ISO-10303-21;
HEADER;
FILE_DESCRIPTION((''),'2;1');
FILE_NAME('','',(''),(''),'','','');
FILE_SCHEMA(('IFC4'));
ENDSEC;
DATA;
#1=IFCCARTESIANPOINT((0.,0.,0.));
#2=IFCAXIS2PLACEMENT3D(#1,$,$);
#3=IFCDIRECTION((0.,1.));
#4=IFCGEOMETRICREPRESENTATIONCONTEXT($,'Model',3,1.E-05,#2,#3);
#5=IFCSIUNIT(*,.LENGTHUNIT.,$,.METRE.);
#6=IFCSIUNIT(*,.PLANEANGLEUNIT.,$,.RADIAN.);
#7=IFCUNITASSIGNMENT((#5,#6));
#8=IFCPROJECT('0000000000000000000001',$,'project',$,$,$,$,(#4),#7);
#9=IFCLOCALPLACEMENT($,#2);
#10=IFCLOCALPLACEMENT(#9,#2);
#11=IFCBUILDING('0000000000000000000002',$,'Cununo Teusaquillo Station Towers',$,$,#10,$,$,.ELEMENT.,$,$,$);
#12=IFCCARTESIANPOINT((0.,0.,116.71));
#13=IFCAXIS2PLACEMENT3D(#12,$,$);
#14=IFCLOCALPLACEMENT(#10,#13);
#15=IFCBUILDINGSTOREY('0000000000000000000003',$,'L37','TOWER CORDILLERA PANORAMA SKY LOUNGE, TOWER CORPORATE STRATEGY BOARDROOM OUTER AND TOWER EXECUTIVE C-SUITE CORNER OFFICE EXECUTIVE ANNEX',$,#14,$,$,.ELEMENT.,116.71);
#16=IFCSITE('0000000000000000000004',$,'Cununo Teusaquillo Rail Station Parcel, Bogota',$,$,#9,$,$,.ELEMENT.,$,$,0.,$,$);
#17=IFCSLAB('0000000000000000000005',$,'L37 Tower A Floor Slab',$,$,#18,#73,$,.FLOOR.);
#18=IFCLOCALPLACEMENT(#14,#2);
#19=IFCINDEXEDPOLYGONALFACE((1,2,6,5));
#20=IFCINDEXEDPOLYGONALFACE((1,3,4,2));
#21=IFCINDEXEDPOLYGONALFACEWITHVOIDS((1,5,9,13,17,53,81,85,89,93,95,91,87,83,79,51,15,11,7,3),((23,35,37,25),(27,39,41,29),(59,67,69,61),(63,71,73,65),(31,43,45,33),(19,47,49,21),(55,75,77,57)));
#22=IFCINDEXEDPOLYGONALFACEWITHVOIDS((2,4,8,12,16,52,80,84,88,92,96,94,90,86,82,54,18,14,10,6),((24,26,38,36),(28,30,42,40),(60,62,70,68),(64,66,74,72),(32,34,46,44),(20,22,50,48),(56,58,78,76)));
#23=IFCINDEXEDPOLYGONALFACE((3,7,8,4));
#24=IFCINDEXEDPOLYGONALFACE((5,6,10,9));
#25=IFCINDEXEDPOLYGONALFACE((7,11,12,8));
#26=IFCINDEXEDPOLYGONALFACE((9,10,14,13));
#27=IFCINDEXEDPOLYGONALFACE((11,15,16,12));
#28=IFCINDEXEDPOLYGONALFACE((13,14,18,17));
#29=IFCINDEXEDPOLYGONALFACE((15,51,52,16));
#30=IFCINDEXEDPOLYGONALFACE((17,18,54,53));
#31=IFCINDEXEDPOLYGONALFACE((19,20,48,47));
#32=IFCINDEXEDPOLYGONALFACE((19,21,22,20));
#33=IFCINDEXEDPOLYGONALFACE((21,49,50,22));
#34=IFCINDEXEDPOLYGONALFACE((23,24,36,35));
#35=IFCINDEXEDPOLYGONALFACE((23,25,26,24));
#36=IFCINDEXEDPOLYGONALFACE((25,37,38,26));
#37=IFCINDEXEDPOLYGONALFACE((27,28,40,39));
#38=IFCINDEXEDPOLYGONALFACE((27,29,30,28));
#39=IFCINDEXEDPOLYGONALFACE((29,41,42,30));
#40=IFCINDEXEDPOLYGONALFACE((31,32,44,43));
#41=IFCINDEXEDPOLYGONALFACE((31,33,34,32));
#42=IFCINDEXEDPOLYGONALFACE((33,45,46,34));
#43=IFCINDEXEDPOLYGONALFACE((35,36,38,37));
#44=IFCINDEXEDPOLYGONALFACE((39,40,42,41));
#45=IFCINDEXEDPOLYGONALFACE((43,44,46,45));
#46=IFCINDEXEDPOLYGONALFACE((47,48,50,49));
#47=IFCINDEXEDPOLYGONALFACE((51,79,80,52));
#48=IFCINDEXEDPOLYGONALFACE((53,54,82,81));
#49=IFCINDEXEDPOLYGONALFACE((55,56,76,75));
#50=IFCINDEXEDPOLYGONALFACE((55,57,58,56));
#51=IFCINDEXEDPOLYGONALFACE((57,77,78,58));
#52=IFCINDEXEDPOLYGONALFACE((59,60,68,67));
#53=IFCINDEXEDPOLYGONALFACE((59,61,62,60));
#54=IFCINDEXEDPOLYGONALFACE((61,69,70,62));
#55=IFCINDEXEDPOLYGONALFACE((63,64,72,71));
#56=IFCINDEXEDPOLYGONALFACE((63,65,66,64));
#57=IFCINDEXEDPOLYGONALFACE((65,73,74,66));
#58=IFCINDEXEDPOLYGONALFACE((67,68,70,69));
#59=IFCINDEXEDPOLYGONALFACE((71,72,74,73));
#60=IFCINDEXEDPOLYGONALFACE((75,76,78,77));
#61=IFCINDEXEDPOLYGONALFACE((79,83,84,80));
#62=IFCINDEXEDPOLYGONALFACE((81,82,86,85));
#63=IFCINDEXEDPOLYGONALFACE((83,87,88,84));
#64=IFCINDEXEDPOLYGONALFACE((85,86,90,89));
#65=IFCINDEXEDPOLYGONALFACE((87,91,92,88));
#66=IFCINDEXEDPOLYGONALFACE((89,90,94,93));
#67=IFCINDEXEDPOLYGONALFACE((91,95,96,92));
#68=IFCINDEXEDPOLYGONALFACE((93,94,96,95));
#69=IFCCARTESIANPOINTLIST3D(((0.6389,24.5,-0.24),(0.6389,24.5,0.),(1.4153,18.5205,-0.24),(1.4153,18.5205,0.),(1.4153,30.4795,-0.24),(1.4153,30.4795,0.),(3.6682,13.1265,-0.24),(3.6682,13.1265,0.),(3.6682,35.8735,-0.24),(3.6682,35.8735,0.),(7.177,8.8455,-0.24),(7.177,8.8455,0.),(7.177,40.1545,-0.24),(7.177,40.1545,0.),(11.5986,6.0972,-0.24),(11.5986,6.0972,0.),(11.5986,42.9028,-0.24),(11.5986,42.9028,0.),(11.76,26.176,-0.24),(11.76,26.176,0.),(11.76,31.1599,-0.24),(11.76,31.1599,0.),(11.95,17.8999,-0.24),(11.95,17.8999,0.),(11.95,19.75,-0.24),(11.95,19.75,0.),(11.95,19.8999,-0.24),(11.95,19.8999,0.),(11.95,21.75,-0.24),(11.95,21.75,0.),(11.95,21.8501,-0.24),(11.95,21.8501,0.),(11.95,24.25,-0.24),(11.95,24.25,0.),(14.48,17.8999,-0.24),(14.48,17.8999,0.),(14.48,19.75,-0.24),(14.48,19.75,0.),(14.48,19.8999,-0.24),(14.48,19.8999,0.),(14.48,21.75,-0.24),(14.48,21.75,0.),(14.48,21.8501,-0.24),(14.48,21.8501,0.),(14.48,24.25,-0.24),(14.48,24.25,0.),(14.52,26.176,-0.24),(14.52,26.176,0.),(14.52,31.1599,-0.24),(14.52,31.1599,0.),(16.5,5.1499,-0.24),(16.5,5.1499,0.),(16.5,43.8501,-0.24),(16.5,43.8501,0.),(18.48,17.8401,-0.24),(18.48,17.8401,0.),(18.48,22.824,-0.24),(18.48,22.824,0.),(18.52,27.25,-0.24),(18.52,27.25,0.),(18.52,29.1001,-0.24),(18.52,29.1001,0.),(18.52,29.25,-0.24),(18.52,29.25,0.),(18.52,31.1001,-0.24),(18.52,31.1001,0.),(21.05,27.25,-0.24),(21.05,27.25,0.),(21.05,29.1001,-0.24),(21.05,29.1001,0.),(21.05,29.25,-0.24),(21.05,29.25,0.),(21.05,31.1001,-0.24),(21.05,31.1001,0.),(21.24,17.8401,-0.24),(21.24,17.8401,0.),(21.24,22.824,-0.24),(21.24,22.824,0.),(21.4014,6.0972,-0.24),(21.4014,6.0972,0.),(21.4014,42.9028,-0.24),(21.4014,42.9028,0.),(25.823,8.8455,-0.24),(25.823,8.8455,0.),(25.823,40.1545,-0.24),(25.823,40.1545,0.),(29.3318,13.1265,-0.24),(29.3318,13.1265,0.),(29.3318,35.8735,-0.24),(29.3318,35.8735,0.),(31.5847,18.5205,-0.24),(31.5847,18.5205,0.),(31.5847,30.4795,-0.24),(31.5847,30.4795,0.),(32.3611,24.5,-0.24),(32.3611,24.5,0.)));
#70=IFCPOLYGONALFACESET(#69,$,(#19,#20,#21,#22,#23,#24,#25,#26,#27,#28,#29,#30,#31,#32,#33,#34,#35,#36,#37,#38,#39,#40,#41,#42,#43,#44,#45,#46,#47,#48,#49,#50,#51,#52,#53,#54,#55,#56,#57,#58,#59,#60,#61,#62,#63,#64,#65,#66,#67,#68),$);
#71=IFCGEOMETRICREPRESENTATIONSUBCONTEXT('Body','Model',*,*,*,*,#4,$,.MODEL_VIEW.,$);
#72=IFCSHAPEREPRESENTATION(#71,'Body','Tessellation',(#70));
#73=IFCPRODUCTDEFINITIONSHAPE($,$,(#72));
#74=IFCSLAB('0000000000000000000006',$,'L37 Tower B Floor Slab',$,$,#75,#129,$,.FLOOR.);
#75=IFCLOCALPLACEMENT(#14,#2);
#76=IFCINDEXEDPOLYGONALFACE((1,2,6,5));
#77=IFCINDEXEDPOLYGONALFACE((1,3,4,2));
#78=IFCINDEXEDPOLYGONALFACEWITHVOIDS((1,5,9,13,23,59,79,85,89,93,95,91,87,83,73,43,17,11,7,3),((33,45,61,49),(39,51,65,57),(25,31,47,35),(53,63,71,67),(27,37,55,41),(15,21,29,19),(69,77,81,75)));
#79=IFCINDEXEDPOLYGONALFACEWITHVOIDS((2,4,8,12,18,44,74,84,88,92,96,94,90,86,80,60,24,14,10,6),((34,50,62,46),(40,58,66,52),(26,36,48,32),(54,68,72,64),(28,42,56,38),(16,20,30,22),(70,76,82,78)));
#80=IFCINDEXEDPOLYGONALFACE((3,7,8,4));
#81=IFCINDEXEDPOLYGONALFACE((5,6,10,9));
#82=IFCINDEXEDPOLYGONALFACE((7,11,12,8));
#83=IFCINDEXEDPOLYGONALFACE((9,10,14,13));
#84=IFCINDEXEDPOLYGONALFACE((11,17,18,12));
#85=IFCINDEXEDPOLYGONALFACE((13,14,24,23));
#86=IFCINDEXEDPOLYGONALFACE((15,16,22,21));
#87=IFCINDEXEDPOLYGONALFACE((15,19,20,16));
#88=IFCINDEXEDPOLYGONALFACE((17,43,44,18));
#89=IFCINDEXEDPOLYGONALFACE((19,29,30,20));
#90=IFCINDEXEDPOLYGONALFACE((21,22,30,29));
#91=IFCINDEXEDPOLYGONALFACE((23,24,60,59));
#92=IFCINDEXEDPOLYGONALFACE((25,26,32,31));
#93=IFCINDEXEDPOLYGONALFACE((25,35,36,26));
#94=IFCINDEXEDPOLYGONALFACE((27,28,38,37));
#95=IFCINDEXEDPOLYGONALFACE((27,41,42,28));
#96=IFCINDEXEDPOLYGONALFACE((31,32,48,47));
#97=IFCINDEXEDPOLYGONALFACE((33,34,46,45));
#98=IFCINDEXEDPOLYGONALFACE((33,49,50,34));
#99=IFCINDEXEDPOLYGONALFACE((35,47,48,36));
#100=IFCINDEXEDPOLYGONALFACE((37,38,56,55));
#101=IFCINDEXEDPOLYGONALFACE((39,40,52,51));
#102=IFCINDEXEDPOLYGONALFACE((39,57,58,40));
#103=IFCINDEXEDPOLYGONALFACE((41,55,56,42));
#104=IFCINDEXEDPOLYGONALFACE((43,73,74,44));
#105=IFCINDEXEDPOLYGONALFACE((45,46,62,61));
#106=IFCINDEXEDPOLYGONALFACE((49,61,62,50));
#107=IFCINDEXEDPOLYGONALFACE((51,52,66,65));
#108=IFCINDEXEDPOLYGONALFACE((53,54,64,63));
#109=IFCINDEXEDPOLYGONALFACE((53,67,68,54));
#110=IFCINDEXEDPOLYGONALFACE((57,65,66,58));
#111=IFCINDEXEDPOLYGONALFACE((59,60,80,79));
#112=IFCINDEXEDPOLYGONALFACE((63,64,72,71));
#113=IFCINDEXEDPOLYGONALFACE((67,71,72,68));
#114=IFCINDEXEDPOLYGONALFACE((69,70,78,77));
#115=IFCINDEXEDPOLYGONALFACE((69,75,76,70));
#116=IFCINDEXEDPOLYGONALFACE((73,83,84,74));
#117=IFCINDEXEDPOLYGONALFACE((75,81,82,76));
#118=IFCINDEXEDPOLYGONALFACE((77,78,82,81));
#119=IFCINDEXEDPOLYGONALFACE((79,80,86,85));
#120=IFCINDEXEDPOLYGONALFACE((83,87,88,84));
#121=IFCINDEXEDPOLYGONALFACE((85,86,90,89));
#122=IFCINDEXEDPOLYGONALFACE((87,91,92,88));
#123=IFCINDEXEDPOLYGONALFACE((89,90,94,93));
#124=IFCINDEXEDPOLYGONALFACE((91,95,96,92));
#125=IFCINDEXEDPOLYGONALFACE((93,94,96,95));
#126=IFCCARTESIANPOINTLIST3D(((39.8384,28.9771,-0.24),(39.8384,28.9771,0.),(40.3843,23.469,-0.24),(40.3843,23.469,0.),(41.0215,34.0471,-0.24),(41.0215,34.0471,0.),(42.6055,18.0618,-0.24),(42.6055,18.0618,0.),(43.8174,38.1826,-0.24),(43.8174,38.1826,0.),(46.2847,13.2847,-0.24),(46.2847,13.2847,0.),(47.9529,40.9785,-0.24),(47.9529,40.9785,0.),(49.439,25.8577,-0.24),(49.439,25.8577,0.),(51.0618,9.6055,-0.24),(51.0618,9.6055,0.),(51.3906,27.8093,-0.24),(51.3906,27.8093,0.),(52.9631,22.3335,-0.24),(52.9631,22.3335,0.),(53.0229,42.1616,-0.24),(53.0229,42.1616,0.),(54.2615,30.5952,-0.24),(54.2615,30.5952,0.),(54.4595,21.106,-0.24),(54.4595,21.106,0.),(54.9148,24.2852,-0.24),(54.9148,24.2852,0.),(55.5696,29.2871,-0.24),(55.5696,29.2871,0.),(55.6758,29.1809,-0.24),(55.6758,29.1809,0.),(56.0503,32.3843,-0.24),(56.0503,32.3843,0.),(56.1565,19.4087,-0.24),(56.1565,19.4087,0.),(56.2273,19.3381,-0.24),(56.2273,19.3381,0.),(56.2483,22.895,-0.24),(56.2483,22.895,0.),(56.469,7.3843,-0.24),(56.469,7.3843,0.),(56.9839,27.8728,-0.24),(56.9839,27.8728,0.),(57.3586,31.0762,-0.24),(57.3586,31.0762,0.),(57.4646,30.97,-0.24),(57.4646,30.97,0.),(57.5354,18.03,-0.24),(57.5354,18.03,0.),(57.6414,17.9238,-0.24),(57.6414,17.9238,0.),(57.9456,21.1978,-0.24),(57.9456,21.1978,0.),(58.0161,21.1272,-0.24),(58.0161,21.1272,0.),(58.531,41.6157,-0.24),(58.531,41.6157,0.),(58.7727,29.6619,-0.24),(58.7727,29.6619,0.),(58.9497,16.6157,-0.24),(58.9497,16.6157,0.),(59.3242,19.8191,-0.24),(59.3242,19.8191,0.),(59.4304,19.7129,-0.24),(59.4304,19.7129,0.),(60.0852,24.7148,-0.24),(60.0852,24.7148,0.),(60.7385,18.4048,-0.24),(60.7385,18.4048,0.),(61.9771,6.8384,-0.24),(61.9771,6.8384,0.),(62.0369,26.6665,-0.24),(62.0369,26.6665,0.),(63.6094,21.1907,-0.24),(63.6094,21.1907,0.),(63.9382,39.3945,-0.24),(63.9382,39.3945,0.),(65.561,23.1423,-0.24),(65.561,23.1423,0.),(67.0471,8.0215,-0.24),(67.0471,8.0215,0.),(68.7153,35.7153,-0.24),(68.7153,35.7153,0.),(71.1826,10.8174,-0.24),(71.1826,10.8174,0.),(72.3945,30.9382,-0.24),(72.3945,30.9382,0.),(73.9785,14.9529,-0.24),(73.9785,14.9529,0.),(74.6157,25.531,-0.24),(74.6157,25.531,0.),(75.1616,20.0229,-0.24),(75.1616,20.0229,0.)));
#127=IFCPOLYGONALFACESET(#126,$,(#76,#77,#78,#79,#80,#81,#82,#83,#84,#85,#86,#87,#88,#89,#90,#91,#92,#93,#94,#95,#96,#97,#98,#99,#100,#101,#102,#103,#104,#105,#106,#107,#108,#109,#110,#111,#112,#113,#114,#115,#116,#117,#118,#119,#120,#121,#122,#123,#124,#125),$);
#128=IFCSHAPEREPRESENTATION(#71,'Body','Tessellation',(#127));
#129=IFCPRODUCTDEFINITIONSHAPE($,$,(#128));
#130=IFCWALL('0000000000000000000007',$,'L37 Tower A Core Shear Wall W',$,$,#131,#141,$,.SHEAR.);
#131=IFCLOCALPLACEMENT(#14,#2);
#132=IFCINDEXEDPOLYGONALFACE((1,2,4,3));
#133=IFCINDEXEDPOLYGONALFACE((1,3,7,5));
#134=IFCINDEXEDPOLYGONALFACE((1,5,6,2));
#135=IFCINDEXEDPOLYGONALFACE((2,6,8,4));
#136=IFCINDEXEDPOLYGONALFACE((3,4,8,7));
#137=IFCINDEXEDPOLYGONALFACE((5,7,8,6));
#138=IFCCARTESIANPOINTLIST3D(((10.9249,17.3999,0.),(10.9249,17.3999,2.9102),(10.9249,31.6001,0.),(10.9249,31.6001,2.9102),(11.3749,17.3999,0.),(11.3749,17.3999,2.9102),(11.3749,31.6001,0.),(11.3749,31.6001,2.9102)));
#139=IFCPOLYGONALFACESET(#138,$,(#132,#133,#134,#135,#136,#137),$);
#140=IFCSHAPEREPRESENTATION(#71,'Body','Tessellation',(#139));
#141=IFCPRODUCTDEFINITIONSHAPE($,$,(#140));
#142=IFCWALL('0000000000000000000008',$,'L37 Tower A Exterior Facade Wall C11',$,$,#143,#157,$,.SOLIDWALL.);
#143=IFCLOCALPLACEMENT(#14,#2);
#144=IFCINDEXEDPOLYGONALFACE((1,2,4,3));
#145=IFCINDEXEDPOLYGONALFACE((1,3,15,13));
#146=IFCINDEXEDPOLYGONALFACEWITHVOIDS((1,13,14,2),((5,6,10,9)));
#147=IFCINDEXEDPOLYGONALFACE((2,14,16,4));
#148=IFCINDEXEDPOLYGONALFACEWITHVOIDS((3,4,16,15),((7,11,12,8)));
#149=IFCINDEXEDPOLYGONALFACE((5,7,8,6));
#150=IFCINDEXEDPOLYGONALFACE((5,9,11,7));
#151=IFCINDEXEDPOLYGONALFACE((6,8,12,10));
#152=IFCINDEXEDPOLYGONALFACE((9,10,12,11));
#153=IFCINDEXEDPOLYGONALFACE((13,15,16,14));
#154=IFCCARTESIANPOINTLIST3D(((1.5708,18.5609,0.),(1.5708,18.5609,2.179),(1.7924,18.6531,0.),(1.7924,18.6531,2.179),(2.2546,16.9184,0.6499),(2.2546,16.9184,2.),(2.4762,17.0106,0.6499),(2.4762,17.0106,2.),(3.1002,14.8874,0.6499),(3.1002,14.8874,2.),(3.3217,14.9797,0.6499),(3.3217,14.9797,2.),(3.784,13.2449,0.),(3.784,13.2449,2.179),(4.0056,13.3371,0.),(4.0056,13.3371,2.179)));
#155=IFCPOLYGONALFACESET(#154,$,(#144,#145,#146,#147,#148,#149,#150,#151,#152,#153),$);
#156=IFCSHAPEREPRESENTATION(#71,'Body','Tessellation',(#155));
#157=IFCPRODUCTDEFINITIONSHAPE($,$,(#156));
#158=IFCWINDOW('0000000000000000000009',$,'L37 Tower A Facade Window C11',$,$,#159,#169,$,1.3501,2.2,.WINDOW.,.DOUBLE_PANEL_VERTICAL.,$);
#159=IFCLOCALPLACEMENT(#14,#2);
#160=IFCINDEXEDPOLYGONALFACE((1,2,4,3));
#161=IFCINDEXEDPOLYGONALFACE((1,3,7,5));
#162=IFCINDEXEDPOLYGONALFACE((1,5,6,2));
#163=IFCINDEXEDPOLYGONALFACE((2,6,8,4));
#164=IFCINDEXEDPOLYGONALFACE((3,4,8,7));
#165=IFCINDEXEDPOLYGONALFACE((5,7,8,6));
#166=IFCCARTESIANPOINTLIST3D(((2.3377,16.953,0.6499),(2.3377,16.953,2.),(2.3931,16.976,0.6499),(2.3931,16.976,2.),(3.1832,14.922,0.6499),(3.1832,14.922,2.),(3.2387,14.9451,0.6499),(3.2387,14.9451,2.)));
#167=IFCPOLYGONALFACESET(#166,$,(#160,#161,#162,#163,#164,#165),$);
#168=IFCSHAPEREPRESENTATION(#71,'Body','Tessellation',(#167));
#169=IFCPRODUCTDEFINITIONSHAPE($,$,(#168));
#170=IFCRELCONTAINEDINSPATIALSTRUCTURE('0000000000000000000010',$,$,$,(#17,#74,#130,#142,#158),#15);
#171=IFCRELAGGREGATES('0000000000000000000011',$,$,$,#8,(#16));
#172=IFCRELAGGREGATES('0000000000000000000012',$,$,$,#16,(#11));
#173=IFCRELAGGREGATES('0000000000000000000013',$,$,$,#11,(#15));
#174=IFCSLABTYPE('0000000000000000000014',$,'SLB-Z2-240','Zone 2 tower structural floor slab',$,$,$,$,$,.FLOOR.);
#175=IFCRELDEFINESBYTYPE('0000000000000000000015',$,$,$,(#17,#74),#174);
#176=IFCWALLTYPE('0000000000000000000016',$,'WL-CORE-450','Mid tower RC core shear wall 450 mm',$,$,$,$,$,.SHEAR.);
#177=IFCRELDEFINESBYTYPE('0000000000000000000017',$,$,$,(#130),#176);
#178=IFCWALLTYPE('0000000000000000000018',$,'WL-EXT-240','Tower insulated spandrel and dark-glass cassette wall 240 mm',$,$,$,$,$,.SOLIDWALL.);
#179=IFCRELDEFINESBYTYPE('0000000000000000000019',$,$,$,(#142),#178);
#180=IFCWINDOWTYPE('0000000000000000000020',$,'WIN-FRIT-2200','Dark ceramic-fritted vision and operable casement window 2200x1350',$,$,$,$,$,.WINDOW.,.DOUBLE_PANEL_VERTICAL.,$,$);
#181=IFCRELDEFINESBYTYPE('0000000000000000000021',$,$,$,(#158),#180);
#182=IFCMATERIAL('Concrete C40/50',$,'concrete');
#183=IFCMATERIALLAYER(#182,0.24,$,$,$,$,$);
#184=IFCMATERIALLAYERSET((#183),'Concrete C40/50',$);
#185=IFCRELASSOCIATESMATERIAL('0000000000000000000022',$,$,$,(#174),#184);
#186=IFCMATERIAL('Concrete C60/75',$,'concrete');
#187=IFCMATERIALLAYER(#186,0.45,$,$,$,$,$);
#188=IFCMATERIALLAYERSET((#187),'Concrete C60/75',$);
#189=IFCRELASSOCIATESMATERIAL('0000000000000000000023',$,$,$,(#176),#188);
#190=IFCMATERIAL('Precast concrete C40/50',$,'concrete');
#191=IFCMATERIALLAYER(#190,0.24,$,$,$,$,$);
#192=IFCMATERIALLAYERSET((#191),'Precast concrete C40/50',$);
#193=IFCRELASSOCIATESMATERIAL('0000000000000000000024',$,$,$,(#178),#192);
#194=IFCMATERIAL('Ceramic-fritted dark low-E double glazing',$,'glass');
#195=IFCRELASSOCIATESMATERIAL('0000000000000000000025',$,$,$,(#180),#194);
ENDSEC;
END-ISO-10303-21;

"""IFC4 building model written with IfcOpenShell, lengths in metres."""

from ifc_helpers import new_model, si_unit, direction, frame, frame_2d, origin, place, context, subcontext, project, spatial, polyline, rectangle, outline, extrude, source, transform, mapped, material, layer, layer_set, type_object, element, fill, save


model = new_model("IFC4")

# Units and contexts
model_context = context("Model", 3, precision=1e-05, world=origin(), true_north=direction((0.0, 1.0)))
body_context = subcontext(model_context, "Body", "Model", "MODEL_VIEW")
ifc_project = project(units=[si_unit("LENGTHUNIT", "METRE"), si_unit("PLANEANGLEUNIT", "RADIAN")], contexts=[model_context])

# Site, building, storey
site_placement = place(None, origin())
site = spatial("IfcSite", under=ifc_project, at=site_placement, Name="Cununo Teusaquillo Rail Station Parcel, Bogota", CompositionType="ELEMENT", RefElevation=0.0)
building_placement = place(site_placement, origin())
building = spatial("IfcBuilding", under=site, at=building_placement, Name="Cununo Teusaquillo Station Towers", CompositionType="ELEMENT")
storey_placement = place(building_placement, frame((0.0, 0.0, 116.71)))
storey = spatial("IfcBuildingStorey", under=building, at=storey_placement, Name="L37", Description="TOWER CORDILLERA PANORAMA SKY LOUNGE, TOWER CORPORATE STRATEGY BOARDROOM OUTER AND TOWER EXECUTIVE C-SUITE CORNER OFFICE EXECUTIVE ANNEX", CompositionType="ELEMENT", Elevation=116.71)

# Slabs
ifc_material_1 = material(Name="Concrete C40/50", Category="concrete")
ifc_layer_1 = layer(ifc_material_1, 0.24)
ifc_layer_set_1 = layer_set([ifc_layer_1], Name="Concrete C40/50")
slab_type_1 = type_object("IfcSlabType", Name="SLB-Z2-240", Description="Zone 2 tower structural floor slab", PredefinedType="FLOOR", material=ifc_layer_set_1)
slab_1_placement = place(storey_placement, frame((0.0, 0.0, -0.24)))
element("IfcSlab", 1, at=slab_1_placement, inside=storey, type_object=slab_type_1, Name="L37 Tower A Floor Slab", PredefinedType="FLOOR", context=body_context, shape_type="SweptSolid", body=[
    extrude(outline(polyline([(32.3611, 24.5), (31.5847, 30.4795), (29.3318, 35.8735), (25.823, 40.1545), (21.4014, 42.9028), (16.5, 43.8501), (11.5986, 42.9028), (7.177, 40.1545), (3.6682, 35.8735), (1.4153, 30.4795), (0.6389, 24.5), (1.4153, 18.5205), (3.6682, 13.1265), (7.177, 8.8455), (11.5986, 6.0972), (16.5, 5.1499), (21.4014, 6.0972), (25.823, 8.8455), (29.3318, 13.1265), (31.5847, 18.5205), (32.3611, 24.5)]), holes=[polyline([(14.52, 26.176), (14.52, 31.1599), (11.76, 31.1599), (11.76, 26.176), (14.52, 26.176)]), polyline([(18.48, 22.824), (18.48, 17.8401), (21.24, 17.8401), (21.24, 22.824), (18.48, 22.824)]), polyline([(11.95, 21.8501), (14.48, 21.8501), (14.48, 24.25), (11.95, 24.25), (11.95, 21.8501)]), polyline([(11.95, 17.8999), (14.48, 17.8999), (14.48, 19.75), (11.95, 19.75), (11.95, 17.8999)]), polyline([(11.95, 19.8999), (14.48, 19.8999), (14.48, 21.75), (11.95, 21.75), (11.95, 19.8999)]), polyline([(18.52, 27.25), (21.05, 27.25), (21.05, 29.1001), (18.52, 29.1001), (18.52, 27.25)]), polyline([(18.52, 29.25), (21.05, 29.25), (21.05, 31.1001), (18.52, 31.1001), (18.52, 29.25)])]), origin(), (0.0, 0.0, 1.0), 0.24),
])
slab_2_placement = place(storey_placement, frame((0.0, 0.0, -0.24)))
element("IfcSlab", 2, at=slab_2_placement, inside=storey, type_object=slab_type_1, Name="L37 Tower B Floor Slab", PredefinedType="FLOOR", context=body_context, shape_type="SweptSolid", body=[
    extrude(outline(polyline([(68.7153, 35.7153), (63.9382, 39.3945), (58.531, 41.6157), (53.0229, 42.1616), (47.9529, 40.9785), (43.8174, 38.1826), (41.0215, 34.0471), (39.8384, 28.9771), (40.3843, 23.469), (42.6055, 18.0618), (46.2847, 13.2847), (51.0618, 9.6055), (56.469, 7.3843), (61.9771, 6.8384), (67.0471, 8.0215), (71.1826, 10.8174), (73.9785, 14.9529), (75.1616, 20.0229), (74.6157, 25.531), (72.3945, 30.9382), (68.7153, 35.7153)]), holes=[polyline([(54.9148, 24.2852), (51.3906, 27.8093), (49.439, 25.8577), (52.9631, 22.3335), (54.9148, 24.2852)]), polyline([(60.0852, 24.7148), (63.6094, 21.1907), (65.561, 23.1423), (62.0369, 26.6665), (60.0852, 24.7148)]), polyline([(56.1565, 19.4087), (57.9456, 21.1978), (56.2483, 22.895), (54.4595, 21.106), (56.1565, 19.4087)]), polyline([(58.9497, 16.6157), (60.7385, 18.4048), (59.4304, 19.7129), (57.6414, 17.9238), (58.9497, 16.6157)]), polyline([(57.5354, 18.03), (59.3242, 19.8191), (58.0161, 21.1272), (56.2273, 19.3381), (57.5354, 18.03)]), polyline([(56.9839, 27.8728), (58.7727, 29.6619), (57.4646, 30.97), (55.6758, 29.1809), (56.9839, 27.8728)]), polyline([(55.5696, 29.2871), (57.3586, 31.0762), (56.0503, 32.3843), (54.2615, 30.5952), (55.5696, 29.2871)])]), origin(), (0.0, 0.0, 1.0), 0.24),
])

# Wall
ifc_material_2 = material(Name="Concrete C60/75", Category="concrete")
ifc_layer_2 = layer(ifc_material_2, 0.45)
ifc_layer_set_2 = layer_set([ifc_layer_2], Name="Concrete C60/75")
wall_type_1 = type_object("IfcWallType", Name="WL-CORE-450", Description="Mid tower RC core shear wall 450 mm", PredefinedType="SHEAR", material=ifc_layer_set_2)
wall_1_placement = place(storey_placement, frame((11.1499, 17.3999, 0.0), z_axis=(0.0, 0.0, 1.0), x_axis=(0.0, 1.0, 0.0)))
element("IfcWall", 3, at=wall_1_placement, inside=storey, type_object=wall_type_1, Name="L37 Tower A Core Shear Wall W", PredefinedType="SHEAR", context=body_context, shape_type="SweptSolid", body=[
    extrude(rectangle(XDim=14.2002, YDim=0.45, at=frame_2d((7.1001, 0.0))), origin(), (0.0, 0.0, 1.0), 2.9102),
])

# Wall, opening, window
ifc_material_3 = material(Name="Precast concrete C40/50", Category="concrete")
ifc_layer_3 = layer(ifc_material_3, 0.24)
ifc_layer_set_3 = layer_set([ifc_layer_3], Name="Precast concrete C40/50")
wall_type_2 = type_object("IfcWallType", Name="WL-EXT-240", Description="Tower insulated spandrel and dark-glass cassette wall 240 mm", PredefinedType="SOLIDWALL", material=ifc_layer_set_3)
wall_2_placement = place(storey_placement, frame((3.8948, 13.291, 0.0), z_axis=(0.0, 0.0, 1.0), x_axis=(-0.384344, 0.92319, 0.0)))
wall_2 = element("IfcWall", 4, at=wall_2_placement, inside=storey, type_object=wall_type_2, Name="L37 Tower A Exterior Facade Wall C11", PredefinedType="SOLIDWALL", context=body_context, shape_type="SweptSolid", body=[
    extrude(rectangle(XDim=5.7583, YDim=0.24, at=frame_2d((2.8792, 0.0))), origin(), (0.0, 0.0, 1.0), 2.179),
])
shared_shape_1 = source(origin(), body_context, "Body", "SweptSolid", [
    extrude(rectangle(XDim=2.2, YDim=1.3501, at=frame_2d((1.1001, 0.675))), frame((0.0, 0.1299, 0.0), z_axis=(0.0, -1.0, 0.0), x_axis=(1.0, 0.0, 0.0)), (0.0, 0.0, 1.0), 0.26),
])
opening_1_placement = place(wall_2_placement, frame((1.7791, 0.0, 0.6499)))
opening_1 = element("IfcOpeningElement", 5, at=opening_1_placement, cuts=wall_2, PredefinedType="OPENING", context=body_context, shape_type="MappedRepresentation", body=[
    mapped(shared_shape_1, transform((0.0, 0.0, 0.0), x_axis=(1.0, 0.0, 0.0), y_axis=(0.0, 1.0, 0.0), z_axis=(0.0, 0.0, 1.0), scale=1.0)),
])
ifc_material_4 = material(Name="Ceramic-fritted dark low-E double glazing", Category="glass")
window_type_1 = type_object("IfcWindowType", Name="WIN-FRIT-2200", Description="Dark ceramic-fritted vision and operable casement window 2200x1350", PartitioningType="DOUBLE_PANEL_VERTICAL", PredefinedType="WINDOW", material=ifc_material_4)
shared_shape_2 = source(origin(), body_context, "Body", "SweptSolid", [
    extrude(rectangle(XDim=2.2, YDim=1.3501, at=frame_2d((1.1001, 0.675))), frame((0.0, 0.03, 0.0), z_axis=(0.0, -1.0, 0.0), x_axis=(1.0, 0.0, 0.0)), (0.0, 0.0, 1.0), 0.0601),
])
window_1_placement = place(opening_1_placement, origin())
window_1 = element("IfcWindow", 6, at=window_1_placement, inside=storey, type_object=window_type_1, Name="L37 Tower A Facade Window C11", OverallHeight=1.3501, OverallWidth=2.2, PartitioningType="DOUBLE_PANEL_VERTICAL", PredefinedType="WINDOW", context=body_context, shape_type="MappedRepresentation", body=[
    mapped(shared_shape_2, transform((0.0, 0.0, 0.0), x_axis=(1.0, 0.0, 0.0), y_axis=(0.0, 1.0, 0.0), z_axis=(0.0, 0.0, 1.0), scale=1.0)),
])
fill(opening_1, window_1)

save(model, "model.ifc")
